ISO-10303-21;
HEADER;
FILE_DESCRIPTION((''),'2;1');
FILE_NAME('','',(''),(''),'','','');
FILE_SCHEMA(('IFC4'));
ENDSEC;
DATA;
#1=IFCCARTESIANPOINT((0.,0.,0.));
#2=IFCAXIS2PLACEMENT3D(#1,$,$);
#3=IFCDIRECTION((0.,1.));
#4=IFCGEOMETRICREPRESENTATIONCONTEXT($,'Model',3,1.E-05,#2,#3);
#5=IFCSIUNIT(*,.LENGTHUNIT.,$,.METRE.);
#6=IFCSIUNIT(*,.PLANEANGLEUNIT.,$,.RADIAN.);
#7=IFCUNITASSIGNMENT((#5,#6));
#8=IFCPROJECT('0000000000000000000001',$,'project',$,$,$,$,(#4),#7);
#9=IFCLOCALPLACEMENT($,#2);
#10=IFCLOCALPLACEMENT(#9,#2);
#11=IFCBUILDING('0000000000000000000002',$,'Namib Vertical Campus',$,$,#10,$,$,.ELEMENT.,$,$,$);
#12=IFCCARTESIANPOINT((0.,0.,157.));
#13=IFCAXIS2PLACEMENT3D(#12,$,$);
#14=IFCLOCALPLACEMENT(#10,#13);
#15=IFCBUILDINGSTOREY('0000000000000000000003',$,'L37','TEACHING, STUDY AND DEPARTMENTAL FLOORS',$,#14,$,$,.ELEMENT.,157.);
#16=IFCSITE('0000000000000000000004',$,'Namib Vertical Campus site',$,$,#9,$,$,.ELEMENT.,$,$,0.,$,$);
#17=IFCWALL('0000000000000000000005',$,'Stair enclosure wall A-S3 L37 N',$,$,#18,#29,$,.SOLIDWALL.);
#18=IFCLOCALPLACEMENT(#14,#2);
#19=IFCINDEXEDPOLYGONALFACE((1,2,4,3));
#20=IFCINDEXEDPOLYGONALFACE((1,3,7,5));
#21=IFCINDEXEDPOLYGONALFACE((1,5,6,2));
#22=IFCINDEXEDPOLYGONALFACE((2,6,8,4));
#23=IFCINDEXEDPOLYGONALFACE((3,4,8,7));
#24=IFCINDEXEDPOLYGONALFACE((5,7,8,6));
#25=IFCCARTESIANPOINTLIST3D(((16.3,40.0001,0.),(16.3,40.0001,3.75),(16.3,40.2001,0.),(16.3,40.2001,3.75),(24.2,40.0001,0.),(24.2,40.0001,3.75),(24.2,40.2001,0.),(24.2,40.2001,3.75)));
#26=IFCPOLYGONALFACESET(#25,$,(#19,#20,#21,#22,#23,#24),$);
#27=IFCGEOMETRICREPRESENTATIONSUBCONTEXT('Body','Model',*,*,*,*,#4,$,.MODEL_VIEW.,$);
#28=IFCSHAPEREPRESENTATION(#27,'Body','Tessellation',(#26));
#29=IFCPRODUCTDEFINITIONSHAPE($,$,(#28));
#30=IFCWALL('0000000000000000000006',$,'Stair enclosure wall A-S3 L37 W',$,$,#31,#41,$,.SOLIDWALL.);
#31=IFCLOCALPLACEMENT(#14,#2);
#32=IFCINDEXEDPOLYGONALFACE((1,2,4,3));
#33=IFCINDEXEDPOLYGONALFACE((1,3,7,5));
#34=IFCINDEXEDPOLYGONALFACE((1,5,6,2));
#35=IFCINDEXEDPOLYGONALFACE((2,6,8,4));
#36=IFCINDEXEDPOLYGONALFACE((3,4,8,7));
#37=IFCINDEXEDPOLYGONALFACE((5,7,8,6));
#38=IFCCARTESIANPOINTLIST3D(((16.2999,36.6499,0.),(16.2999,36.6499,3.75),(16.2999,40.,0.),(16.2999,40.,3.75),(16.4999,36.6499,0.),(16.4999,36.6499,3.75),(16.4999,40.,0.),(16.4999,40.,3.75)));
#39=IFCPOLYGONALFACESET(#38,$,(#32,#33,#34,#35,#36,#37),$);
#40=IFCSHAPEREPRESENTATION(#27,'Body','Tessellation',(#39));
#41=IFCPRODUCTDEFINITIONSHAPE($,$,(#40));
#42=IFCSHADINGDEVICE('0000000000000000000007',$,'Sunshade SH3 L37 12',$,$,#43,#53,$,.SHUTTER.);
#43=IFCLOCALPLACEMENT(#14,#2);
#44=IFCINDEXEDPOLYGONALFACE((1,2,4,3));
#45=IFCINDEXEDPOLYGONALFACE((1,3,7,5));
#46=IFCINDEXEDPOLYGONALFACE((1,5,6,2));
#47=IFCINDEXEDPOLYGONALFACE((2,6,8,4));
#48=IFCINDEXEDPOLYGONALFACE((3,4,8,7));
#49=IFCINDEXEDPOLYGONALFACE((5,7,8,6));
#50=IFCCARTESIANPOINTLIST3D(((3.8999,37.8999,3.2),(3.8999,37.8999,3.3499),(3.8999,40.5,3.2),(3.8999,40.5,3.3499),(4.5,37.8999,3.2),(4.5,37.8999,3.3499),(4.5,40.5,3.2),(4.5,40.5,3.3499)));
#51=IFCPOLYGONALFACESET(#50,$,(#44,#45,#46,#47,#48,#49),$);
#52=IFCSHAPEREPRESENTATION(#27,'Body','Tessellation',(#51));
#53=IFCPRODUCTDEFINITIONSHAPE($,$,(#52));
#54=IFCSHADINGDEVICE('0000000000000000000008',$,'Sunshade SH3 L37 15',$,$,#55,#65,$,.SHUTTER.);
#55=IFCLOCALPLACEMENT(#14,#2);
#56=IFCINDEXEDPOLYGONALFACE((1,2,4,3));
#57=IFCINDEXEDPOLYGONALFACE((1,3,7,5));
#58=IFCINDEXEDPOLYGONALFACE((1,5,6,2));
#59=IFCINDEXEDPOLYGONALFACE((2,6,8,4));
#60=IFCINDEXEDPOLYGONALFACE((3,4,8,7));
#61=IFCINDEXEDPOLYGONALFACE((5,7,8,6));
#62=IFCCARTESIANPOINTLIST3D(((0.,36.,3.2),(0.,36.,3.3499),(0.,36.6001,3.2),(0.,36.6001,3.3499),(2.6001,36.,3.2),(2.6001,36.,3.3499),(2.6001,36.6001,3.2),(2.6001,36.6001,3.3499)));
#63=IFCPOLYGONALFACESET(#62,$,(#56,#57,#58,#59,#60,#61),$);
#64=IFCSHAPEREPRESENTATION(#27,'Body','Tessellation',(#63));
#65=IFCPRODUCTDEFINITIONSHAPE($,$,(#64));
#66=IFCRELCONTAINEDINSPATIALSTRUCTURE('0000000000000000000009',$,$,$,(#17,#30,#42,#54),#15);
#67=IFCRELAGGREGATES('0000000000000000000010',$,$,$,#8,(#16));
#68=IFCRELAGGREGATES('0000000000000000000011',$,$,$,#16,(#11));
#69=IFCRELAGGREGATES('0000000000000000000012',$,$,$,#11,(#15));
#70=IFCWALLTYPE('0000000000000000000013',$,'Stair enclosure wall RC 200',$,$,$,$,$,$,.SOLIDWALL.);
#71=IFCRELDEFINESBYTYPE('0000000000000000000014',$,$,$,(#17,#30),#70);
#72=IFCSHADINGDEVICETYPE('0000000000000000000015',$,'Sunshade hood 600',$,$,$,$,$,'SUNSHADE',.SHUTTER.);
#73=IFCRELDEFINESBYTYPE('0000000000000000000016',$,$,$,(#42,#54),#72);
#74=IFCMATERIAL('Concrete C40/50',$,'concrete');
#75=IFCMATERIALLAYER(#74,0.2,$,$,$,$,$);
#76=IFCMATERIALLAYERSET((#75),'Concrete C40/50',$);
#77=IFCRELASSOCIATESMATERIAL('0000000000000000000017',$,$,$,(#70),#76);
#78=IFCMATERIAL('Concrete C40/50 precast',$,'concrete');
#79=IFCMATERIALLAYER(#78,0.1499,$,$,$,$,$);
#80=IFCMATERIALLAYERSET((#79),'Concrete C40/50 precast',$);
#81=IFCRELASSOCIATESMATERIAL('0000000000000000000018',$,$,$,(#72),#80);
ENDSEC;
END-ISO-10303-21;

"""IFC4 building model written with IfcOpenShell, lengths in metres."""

from ifc_helpers import new_model, si_unit, direction, frame, frame_2d, origin, origin_2d, place, context, subcontext, project, spatial, rectangle, extrude, material, layer, layer_set, type_object, element, save


model = new_model("IFC4")

# Units and contexts
model_context = context("Model", 3, precision=1e-05, world=origin(), true_north=direction((0.0, 1.0)))
body_context = subcontext(model_context, "Body", "Model", "MODEL_VIEW")
ifc_project = project(units=[si_unit("LENGTHUNIT", "METRE"), si_unit("PLANEANGLEUNIT", "RADIAN")], contexts=[model_context])

# Site, building, storey
site_placement = place(None, origin())
site = spatial("IfcSite", under=ifc_project, at=site_placement, Name="Namib Vertical Campus site", CompositionType="ELEMENT", RefElevation=0.0)
building_placement = place(site_placement, origin())
building = spatial("IfcBuilding", under=site, at=building_placement, Name="Namib Vertical Campus", CompositionType="ELEMENT")
storey_placement = place(building_placement, frame((0.0, 0.0, 157.0)))
storey = spatial("IfcBuildingStorey", under=building, at=storey_placement, Name="L37", Description="TEACHING, STUDY AND DEPARTMENTAL FLOORS", CompositionType="ELEMENT", Elevation=157.0)

# Shared definitions
ifc_material_1 = material(Name="Concrete C40/50", Category="concrete")
ifc_layer_1 = layer(ifc_material_1, 0.2)
ifc_layer_set_1 = layer_set([ifc_layer_1], Name="Concrete C40/50")
wall_type_1 = type_object("IfcWallType", Name="Stair enclosure wall RC 200", PredefinedType="SOLIDWALL", material=ifc_layer_set_1)

# Walls
wall_1_placement = place(storey_placement, frame((16.3, 40.1001, 0.0), z_axis=(0.0, 0.0, 1.0), x_axis=(1.0, 0.0, 0.0)))
element("IfcWall", 1, at=wall_1_placement, inside=storey, type_object=wall_type_1, Name="Stair enclosure wall A-S3 L37 N", PredefinedType="SOLIDWALL", context=body_context, shape_type="SweptSolid", body=[
    extrude(rectangle(XDim=7.8999, YDim=0.2, at=frame_2d((3.95, 0.0))), origin(), (0.0, 0.0, 1.0), 3.75),
])
wall_2_placement = place(storey_placement, frame((16.3999, 36.6499, 0.0), z_axis=(0.0, 0.0, 1.0), x_axis=(0.0, 1.0, 0.0)))
element("IfcWall", 2, at=wall_2_placement, inside=storey, type_object=wall_type_1, Name="Stair enclosure wall A-S3 L37 W", PredefinedType="SOLIDWALL", context=body_context, shape_type="SweptSolid", body=[
    extrude(rectangle(XDim=3.3501, YDim=0.2, at=frame_2d((1.675, 0.0))), origin(), (0.0, 0.0, 1.0), 3.75),
])

# Shading devices
ifc_material_2 = material(Name="Concrete C40/50 precast", Category="concrete")
ifc_layer_2 = layer(ifc_material_2, 0.1499)
ifc_layer_set_2 = layer_set([ifc_layer_2], Name="Concrete C40/50 precast")
shading_device_type = type_object("IfcShadingDeviceType", Name="Sunshade hood 600", ElementType="SUNSHADE", PredefinedType="SHUTTER", material=ifc_layer_set_2)
for number, where, z_axis, x_axis, name in (
    (3, (4.2, 39.2, 3.2), (0.0, 0.0, 1.0), (0.0, -1.0, 0.0), "Sunshade SH3 L37 12"),
    (4, (1.3, 36.3, 3.2), (0.0, 0.0, 1.0), (-1.0, 0.0, 0.0), "Sunshade SH3 L37 15"),
):
    element("IfcShadingDevice", number, at=place(storey_placement, frame(where, z_axis=z_axis, x_axis=x_axis)), inside=storey, type_object=shading_device_type, Name=name, PredefinedType="SHUTTER", context=body_context, shape_type="SweptSolid", body=[
        extrude(rectangle(XDim=2.6001, YDim=0.6001, at=origin_2d()), origin(), (0.0, 0.0, 1.0), 0.1499),
    ])

save(model, "model.ifc")
